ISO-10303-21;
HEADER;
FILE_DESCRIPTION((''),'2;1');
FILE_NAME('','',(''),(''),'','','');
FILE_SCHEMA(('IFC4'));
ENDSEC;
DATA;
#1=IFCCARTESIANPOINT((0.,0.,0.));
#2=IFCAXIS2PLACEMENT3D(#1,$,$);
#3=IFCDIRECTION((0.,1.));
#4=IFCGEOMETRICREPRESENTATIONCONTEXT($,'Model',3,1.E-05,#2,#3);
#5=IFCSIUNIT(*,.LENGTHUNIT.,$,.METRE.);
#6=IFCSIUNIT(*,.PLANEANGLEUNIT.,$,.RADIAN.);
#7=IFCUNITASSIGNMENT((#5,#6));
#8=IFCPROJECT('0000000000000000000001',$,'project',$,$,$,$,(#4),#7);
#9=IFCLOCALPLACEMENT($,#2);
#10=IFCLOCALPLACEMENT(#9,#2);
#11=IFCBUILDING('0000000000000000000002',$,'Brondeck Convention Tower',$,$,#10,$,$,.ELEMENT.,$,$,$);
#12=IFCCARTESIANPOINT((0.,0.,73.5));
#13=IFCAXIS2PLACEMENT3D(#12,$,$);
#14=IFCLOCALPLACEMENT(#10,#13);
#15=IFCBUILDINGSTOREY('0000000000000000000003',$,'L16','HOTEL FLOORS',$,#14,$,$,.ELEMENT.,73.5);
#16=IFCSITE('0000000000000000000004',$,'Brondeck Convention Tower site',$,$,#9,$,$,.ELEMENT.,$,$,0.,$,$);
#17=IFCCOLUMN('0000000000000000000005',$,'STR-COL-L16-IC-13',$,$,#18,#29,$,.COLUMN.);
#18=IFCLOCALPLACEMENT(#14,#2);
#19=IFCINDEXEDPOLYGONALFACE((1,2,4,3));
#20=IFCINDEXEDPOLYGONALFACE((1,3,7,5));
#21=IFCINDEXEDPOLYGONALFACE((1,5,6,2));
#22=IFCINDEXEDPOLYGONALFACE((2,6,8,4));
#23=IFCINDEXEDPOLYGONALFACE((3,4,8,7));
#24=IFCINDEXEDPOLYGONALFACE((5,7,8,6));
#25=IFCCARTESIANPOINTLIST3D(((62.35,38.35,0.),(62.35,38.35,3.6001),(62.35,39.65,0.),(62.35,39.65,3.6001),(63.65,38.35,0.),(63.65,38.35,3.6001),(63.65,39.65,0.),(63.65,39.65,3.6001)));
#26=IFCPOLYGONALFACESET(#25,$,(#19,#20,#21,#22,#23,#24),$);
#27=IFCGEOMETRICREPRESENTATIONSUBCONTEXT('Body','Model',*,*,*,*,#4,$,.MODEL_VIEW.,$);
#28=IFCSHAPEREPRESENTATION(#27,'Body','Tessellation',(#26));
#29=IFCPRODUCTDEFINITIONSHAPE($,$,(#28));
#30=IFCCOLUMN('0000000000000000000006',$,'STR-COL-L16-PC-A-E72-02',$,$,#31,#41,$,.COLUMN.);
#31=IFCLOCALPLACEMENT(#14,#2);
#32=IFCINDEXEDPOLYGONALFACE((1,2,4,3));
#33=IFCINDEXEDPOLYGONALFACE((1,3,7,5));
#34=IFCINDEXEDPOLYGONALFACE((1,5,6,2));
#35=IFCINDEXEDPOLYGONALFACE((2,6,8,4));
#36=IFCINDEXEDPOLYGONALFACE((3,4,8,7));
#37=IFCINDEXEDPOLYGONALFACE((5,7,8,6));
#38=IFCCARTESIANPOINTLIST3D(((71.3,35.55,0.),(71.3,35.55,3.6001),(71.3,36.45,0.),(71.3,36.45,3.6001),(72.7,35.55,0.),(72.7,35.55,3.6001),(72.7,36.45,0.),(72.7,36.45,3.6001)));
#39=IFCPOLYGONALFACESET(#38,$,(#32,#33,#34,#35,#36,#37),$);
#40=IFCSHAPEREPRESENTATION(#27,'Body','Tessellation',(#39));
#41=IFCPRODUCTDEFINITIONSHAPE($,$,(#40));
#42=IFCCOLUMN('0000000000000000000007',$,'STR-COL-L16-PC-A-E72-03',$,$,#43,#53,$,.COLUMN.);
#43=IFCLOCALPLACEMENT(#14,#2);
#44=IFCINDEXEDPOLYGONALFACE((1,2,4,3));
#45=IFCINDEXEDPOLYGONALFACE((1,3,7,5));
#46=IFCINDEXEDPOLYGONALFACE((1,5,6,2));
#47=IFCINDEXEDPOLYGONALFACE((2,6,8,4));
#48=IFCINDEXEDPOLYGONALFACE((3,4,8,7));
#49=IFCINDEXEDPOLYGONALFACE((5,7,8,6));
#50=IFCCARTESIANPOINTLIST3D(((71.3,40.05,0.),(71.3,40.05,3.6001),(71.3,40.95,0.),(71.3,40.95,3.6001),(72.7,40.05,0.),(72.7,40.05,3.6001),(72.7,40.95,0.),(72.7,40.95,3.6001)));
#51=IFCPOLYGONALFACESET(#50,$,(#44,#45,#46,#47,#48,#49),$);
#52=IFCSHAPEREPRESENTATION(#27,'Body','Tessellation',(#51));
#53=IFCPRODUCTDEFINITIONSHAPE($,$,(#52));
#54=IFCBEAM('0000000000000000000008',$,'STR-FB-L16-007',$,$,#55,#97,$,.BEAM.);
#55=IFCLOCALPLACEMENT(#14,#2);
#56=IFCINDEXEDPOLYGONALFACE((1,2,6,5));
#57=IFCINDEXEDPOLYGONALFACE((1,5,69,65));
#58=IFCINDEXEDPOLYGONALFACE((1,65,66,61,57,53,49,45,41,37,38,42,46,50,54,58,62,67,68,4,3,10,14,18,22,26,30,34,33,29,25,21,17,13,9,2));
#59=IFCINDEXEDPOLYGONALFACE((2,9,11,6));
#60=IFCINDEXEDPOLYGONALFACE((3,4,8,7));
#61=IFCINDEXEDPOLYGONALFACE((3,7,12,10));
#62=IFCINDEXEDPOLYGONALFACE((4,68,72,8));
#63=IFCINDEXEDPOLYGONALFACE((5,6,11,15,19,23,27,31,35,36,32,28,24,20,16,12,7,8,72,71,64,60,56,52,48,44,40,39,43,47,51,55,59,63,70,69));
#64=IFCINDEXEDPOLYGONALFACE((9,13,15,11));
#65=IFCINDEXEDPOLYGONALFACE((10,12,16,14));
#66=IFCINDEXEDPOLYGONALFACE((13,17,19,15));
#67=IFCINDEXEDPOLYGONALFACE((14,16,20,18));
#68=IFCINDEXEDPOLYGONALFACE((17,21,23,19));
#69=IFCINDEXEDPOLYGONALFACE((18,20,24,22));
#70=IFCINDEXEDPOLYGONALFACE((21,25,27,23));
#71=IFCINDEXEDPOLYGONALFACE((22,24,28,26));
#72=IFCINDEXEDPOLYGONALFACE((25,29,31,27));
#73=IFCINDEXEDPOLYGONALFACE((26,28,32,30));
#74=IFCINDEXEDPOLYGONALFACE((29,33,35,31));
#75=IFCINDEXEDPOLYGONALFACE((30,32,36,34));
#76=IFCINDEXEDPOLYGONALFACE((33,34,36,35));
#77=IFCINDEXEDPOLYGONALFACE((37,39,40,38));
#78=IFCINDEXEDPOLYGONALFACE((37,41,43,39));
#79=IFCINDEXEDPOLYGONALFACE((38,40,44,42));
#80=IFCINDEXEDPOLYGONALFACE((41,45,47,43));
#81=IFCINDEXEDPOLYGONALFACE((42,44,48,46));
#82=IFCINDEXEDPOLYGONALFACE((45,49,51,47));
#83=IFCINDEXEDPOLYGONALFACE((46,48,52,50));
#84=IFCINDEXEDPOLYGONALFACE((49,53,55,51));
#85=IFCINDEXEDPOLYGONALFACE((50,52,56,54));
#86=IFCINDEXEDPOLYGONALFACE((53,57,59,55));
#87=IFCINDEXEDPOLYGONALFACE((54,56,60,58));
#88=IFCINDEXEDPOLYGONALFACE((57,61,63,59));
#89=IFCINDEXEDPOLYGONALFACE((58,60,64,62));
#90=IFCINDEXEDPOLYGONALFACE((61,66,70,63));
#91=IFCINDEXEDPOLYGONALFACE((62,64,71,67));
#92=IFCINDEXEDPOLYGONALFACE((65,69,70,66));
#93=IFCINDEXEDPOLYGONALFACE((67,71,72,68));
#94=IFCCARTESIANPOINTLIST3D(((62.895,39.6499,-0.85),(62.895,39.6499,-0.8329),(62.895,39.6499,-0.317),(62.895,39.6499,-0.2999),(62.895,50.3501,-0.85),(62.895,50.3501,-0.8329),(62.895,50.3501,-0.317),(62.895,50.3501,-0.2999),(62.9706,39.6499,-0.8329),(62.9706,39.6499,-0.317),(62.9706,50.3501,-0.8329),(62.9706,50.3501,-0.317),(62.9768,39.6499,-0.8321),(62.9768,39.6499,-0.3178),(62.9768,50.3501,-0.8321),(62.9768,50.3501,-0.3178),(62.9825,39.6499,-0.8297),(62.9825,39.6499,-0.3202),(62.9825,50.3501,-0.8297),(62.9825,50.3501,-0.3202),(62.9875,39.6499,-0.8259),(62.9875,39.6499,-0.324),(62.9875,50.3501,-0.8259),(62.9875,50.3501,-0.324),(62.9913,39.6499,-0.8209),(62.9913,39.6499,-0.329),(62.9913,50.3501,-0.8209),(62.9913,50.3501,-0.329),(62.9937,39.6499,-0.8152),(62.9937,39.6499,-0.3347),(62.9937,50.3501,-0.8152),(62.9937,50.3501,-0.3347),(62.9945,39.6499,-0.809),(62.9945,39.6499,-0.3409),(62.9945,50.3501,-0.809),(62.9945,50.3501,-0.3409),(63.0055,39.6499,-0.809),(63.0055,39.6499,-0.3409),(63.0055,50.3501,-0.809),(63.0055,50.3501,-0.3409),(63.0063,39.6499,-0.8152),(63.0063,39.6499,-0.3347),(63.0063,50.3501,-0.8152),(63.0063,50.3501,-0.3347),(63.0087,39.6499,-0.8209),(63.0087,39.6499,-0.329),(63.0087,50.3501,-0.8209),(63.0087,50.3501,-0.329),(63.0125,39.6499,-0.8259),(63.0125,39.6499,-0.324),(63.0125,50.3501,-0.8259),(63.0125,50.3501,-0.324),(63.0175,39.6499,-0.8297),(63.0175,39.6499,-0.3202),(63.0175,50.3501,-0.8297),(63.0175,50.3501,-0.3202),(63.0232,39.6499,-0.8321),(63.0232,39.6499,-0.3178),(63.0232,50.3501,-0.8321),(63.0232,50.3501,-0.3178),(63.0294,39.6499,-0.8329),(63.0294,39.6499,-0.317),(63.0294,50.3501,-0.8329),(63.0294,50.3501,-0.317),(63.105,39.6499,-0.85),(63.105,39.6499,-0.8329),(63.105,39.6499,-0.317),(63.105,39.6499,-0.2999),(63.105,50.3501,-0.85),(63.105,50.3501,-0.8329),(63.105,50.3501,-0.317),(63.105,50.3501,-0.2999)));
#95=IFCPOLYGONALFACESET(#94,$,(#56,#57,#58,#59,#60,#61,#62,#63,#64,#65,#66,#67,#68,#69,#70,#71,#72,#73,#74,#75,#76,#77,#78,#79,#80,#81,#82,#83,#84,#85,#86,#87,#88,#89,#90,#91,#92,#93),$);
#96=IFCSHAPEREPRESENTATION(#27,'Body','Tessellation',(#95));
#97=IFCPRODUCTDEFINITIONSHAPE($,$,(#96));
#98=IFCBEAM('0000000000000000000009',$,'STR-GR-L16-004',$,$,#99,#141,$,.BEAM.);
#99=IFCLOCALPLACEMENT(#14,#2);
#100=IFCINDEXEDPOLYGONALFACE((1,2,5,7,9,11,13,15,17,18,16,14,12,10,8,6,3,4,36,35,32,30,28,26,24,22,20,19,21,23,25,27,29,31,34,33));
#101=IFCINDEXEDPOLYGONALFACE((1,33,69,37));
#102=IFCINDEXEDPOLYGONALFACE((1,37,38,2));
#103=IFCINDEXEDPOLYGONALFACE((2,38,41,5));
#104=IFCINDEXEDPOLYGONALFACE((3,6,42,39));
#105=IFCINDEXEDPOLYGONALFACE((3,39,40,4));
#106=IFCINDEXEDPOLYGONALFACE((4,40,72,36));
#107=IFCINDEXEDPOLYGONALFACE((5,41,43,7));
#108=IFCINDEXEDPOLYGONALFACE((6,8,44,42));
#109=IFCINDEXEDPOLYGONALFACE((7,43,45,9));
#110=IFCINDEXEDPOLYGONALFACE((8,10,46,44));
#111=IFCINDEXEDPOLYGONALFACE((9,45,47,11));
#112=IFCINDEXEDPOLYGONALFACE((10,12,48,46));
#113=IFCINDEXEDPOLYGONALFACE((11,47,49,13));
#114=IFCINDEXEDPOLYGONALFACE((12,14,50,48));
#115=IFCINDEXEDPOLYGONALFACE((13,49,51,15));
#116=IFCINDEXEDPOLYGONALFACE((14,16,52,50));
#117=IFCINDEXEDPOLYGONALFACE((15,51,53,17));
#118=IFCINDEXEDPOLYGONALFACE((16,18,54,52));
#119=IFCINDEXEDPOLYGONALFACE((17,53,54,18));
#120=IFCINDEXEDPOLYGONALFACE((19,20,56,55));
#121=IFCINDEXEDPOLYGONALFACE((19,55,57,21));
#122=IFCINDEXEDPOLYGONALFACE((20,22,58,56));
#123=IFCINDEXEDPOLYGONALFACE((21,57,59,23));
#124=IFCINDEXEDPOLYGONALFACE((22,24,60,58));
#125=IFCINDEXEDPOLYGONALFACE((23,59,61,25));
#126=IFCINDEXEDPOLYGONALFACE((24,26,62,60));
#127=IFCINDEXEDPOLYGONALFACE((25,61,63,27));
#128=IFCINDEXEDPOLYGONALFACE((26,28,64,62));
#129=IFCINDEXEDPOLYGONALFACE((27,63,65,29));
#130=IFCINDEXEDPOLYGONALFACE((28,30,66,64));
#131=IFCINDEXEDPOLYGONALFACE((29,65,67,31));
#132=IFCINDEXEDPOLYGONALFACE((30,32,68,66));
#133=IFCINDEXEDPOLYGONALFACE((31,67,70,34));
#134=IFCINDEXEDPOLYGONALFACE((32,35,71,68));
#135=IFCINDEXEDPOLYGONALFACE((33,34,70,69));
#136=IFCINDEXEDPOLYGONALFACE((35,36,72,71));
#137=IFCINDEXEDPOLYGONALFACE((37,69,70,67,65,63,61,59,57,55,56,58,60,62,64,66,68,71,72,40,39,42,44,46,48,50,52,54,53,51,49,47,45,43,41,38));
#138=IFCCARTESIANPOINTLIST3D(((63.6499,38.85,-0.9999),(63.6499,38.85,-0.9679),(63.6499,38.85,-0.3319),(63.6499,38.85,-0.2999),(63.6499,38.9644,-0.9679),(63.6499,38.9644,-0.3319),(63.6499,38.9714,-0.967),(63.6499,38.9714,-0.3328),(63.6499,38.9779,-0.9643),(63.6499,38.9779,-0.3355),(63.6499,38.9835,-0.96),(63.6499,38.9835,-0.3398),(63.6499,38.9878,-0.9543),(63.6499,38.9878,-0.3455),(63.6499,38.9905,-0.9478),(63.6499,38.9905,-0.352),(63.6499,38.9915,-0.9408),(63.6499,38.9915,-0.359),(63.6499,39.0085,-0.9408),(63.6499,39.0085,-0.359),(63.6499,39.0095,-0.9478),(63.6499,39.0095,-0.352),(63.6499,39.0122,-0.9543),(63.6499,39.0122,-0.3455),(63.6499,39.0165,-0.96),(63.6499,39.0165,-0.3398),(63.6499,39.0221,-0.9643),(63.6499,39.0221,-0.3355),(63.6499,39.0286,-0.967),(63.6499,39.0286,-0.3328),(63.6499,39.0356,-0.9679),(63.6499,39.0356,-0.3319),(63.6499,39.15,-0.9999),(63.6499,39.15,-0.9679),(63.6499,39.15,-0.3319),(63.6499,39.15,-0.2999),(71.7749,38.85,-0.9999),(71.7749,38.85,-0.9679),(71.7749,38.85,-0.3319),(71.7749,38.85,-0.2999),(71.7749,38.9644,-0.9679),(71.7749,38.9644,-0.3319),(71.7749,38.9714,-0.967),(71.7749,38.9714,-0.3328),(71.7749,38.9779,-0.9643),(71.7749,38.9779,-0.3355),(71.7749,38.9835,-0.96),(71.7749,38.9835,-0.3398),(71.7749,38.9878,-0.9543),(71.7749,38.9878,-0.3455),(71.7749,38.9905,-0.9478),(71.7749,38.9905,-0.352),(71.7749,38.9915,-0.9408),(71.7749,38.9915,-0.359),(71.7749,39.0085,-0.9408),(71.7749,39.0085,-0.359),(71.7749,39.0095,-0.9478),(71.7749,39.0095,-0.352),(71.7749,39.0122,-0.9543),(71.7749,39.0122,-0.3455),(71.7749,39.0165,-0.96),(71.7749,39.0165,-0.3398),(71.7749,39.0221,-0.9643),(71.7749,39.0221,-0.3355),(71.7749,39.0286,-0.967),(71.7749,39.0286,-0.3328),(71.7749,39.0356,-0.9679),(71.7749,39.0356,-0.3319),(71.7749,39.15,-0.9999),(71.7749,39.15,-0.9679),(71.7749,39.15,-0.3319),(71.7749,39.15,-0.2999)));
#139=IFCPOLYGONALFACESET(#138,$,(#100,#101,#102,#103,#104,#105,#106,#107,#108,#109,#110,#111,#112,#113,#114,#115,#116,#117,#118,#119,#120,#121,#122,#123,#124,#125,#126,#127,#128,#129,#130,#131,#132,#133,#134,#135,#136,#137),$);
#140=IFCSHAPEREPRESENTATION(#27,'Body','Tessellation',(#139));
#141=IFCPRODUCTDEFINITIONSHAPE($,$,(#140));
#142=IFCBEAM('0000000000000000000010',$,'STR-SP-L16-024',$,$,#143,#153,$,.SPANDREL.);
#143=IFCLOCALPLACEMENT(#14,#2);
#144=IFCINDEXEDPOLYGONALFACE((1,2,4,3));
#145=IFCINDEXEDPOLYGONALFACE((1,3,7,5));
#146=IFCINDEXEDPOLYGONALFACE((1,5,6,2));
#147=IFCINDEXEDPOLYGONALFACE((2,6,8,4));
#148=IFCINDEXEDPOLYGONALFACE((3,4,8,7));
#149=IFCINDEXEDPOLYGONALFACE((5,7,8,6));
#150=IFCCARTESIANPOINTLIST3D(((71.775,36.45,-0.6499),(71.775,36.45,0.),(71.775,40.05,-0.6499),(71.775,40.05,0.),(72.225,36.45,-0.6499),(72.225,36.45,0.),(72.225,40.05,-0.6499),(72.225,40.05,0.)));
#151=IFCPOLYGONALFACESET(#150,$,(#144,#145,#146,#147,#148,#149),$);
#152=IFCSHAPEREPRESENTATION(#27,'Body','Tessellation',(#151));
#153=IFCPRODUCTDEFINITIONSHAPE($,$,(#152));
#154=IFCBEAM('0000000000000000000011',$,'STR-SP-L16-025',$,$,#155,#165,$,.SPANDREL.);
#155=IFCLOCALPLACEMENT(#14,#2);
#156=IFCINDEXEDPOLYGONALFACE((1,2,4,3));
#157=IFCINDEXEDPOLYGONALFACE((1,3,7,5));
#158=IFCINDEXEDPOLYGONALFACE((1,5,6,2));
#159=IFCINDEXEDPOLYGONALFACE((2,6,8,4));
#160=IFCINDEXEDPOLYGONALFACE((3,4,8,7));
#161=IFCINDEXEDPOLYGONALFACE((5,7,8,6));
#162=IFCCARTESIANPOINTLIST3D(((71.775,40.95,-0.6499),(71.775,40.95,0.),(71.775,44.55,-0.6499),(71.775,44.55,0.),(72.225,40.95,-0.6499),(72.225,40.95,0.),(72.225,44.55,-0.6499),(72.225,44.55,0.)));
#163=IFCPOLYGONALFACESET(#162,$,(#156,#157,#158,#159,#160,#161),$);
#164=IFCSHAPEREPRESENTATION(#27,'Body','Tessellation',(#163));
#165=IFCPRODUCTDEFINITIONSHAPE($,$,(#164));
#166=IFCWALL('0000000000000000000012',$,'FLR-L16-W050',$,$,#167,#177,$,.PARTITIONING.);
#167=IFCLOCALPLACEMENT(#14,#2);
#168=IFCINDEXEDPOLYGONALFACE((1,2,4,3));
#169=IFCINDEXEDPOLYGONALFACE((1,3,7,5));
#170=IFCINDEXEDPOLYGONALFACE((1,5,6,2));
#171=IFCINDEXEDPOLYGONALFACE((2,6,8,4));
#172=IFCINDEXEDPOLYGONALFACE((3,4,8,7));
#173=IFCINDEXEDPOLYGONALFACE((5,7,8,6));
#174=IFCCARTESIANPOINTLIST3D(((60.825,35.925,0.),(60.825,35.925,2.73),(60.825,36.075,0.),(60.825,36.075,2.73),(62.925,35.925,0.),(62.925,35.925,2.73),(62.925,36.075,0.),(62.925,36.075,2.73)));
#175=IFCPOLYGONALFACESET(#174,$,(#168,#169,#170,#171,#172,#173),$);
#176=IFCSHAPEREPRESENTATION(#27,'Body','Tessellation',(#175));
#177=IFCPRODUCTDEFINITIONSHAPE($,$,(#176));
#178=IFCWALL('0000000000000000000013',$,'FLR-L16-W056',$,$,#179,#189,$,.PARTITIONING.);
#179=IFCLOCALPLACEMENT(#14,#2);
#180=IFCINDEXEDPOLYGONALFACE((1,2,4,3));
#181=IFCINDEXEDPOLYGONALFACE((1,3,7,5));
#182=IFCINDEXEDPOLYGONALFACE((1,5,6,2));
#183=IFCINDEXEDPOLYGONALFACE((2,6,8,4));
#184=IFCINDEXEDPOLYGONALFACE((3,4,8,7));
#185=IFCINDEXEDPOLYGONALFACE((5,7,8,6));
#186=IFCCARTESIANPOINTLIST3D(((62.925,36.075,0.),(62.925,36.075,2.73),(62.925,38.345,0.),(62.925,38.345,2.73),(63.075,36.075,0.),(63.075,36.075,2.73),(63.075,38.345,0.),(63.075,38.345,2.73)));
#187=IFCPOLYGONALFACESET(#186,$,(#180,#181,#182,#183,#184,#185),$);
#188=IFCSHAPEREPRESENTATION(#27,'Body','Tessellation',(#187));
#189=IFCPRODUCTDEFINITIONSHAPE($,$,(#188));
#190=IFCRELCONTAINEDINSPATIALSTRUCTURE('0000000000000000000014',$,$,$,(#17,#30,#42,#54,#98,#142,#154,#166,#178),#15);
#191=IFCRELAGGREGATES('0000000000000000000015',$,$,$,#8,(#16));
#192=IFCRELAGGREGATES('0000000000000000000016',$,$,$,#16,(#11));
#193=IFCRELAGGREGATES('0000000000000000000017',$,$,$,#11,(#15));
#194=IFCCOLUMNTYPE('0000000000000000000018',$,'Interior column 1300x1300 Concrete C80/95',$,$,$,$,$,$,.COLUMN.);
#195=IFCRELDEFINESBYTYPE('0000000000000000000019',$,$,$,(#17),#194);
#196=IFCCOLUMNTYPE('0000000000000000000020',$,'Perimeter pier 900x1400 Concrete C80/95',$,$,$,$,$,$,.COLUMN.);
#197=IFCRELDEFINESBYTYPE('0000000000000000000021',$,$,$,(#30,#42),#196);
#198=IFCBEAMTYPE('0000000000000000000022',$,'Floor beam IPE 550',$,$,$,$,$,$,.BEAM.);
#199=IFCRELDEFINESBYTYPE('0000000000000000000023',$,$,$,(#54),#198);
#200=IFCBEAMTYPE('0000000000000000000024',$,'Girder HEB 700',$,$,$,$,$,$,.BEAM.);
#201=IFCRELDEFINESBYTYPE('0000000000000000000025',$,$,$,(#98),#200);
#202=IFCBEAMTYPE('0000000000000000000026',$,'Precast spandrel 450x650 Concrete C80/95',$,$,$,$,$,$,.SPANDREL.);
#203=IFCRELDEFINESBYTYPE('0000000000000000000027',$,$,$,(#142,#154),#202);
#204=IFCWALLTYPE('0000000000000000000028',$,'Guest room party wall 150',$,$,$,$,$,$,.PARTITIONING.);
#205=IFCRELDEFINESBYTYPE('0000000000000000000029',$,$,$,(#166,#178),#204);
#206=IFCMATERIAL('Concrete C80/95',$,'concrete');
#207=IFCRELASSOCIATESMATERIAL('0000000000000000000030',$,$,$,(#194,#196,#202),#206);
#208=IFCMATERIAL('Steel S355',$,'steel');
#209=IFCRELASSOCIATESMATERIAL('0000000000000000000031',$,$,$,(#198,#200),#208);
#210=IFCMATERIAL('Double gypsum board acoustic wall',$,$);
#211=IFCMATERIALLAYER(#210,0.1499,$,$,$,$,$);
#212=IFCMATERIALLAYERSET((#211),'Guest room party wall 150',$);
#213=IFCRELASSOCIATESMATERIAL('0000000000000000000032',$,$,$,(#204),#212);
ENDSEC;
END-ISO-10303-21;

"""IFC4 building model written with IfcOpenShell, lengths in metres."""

from ifc_helpers import new_model, si_unit, direction, frame, frame_2d, origin, origin_2d, place, context, subcontext, project, spatial, rectangle, i_section, extrude, material, layer, layer_set, material_profile, profile_set, type_object, element, save


model = new_model("IFC4")

# Units and contexts
model_context = context("Model", 3, precision=1e-05, world=origin(), true_north=direction((0.0, 1.0)))
body_context = subcontext(model_context, "Body", "Model", "MODEL_VIEW")
ifc_project = project(units=[si_unit("LENGTHUNIT", "METRE"), si_unit("PLANEANGLEUNIT", "RADIAN")], contexts=[model_context])

# Site, building, storey
site_placement = place(None, origin())
site = spatial("IfcSite", under=ifc_project, at=site_placement, Name="Brondeck Convention Tower site", CompositionType="ELEMENT", RefElevation=0.0)
building_placement = place(site_placement, origin())
building = spatial("IfcBuilding", under=site, at=building_placement, Name="Brondeck Convention Tower", CompositionType="ELEMENT")
storey_placement = place(building_placement, frame((0.0, 0.0, 73.5)))
storey = spatial("IfcBuildingStorey", under=building, at=storey_placement, Name="L16", Description="HOTEL FLOORS", CompositionType="ELEMENT", Elevation=73.5)

# Columns
ifc_material_1 = material(Name="Concrete C80/95", Category="concrete")
ifc_material_profile_1 = material_profile(ifc_material_1, rectangle(XDim=1.3, YDim=1.3, at=origin_2d()), Name="Interior column 1300x1300 Concrete C80/95")
ifc_profile_set_1 = profile_set([ifc_material_profile_1], Name="Concrete C80/95")
column_type_1 = type_object("IfcColumnType", Name="Interior column 1300x1300 Concrete C80/95", PredefinedType="COLUMN", material=ifc_profile_set_1)
column_placement = place(storey_placement, frame((63.0, 39.0, 0.0), z_axis=(0.0, 0.0, 1.0), x_axis=(1.0, 0.0, 0.0)))
element("IfcColumn", 1, at=column_placement, inside=storey, type_object=column_type_1, Name="STR-COL-L16-IC-13", PredefinedType="COLUMN", context=body_context, shape_type="SweptSolid", body=[
    extrude(rectangle(XDim=1.3, YDim=1.3, at=origin_2d()), origin(), (0.0, 0.0, 1.0), 3.6001),
])
ifc_material_profile_2 = material_profile(ifc_material_1, rectangle(XDim=0.8999, YDim=1.3999, at=origin_2d()), Name="Perimeter pier 900x1400 Concrete C80/95")
ifc_profile_set_2 = profile_set([ifc_material_profile_2], Name="Concrete C80/95")
column_type_2 = type_object("IfcColumnType", Name="Perimeter pier 900x1400 Concrete C80/95", PredefinedType="COLUMN", material=ifc_profile_set_2)
for number, where, z_axis, x_axis, name in (
    (2, (72.0, 36.0, 0.0), (0.0, 0.0, 1.0), (0.0, 1.0, 0.0), "STR-COL-L16-PC-A-E72-02"),
    (3, (72.0, 40.5, 0.0), (0.0, 0.0, 1.0), (0.0, 1.0, 0.0), "STR-COL-L16-PC-A-E72-03"),
):
    element("IfcColumn", number, at=place(storey_placement, frame(where, z_axis=z_axis, x_axis=x_axis)), inside=storey, type_object=column_type_2, Name=name, PredefinedType="COLUMN", context=body_context, shape_type="SweptSolid", body=[
        extrude(rectangle(XDim=0.8999, YDim=1.3999, at=origin_2d()), origin(), (0.0, 0.0, 1.0), 3.6001),
    ])

# Beams
ifc_material_2 = material(Name="Steel S355", Category="steel")
ifc_material_profile_3 = material_profile(ifc_material_2, i_section(OverallWidth=0.21, OverallDepth=0.55, WebThickness=0.011, FlangeThickness=0.0171, FilletRadius=0.0239, at=origin_2d()), Name="IPE 550")
ifc_profile_set_3 = profile_set([ifc_material_profile_3], Name="Steel S355")
beam_type_1 = type_object("IfcBeamType", Name="Floor beam IPE 550", PredefinedType="BEAM", material=ifc_profile_set_3)
beam_1_placement = place(storey_placement, frame((63.0, 39.6499, -0.575), z_axis=(0.0, 1.0, 0.0), x_axis=(-1.0, 0.0, 0.0)))
element("IfcBeam", 4, at=beam_1_placement, inside=storey, type_object=beam_type_1, Name="STR-FB-L16-007", PredefinedType="BEAM", context=body_context, shape_type="SweptSolid", body=[
    extrude(i_section(OverallWidth=0.21, OverallDepth=0.55, WebThickness=0.011, FlangeThickness=0.0171, FilletRadius=0.0239, at=origin_2d()), origin(), (0.0, 0.0, 1.0), 10.7002),
])
ifc_material_profile_4 = material_profile(ifc_material_2, i_section(OverallWidth=0.3, OverallDepth=0.7, WebThickness=0.0171, FlangeThickness=0.032, FilletRadius=0.0271, at=origin_2d()), Name="HEB 700")
ifc_profile_set_4 = profile_set([ifc_material_profile_4], Name="Steel S355")
beam_type_2 = type_object("IfcBeamType", Name="Girder HEB 700", PredefinedType="BEAM", material=ifc_profile_set_4)
beam_2_placement = place(storey_placement, frame((63.6499, 39.0, -0.6499), z_axis=(1.0, 0.0, 0.0), x_axis=(0.0, 1.0, 0.0)))
element("IfcBeam", 5, at=beam_2_placement, inside=storey, type_object=beam_type_2, Name="STR-GR-L16-004", PredefinedType="BEAM", context=body_context, shape_type="SweptSolid", body=[
    extrude(i_section(OverallWidth=0.3, OverallDepth=0.7, WebThickness=0.0171, FlangeThickness=0.032, FilletRadius=0.0271, at=origin_2d()), origin(), (0.0, 0.0, 1.0), 8.125),
])
ifc_material_profile_5 = material_profile(ifc_material_1, rectangle(XDim=0.45, YDim=0.6499, at=origin_2d()), Name="Precast spandrel 450x650 Concrete C80/95")
ifc_profile_set_5 = profile_set([ifc_material_profile_5], Name="Concrete C80/95")
beam_type_3 = type_object("IfcBeamType", Name="Precast spandrel 450x650 Concrete C80/95", PredefinedType="SPANDREL", material=ifc_profile_set_5)
for number, where, z_axis, x_axis, name in (
    (6, (72.0, 36.45, -0.325), (0.0, 1.0, 0.0), (-1.0, 0.0, 0.0), "STR-SP-L16-024"),
    (7, (72.0, 40.95, -0.325), (0.0, 1.0, 0.0), (-1.0, 0.0, 0.0), "STR-SP-L16-025"),
):
    element("IfcBeam", number, at=place(storey_placement, frame(where, z_axis=z_axis, x_axis=x_axis)), inside=storey, type_object=beam_type_3, Name=name, PredefinedType="SPANDREL", context=body_context, shape_type="SweptSolid", body=[
        extrude(rectangle(XDim=0.45, YDim=0.6499, at=origin_2d()), origin(), (0.0, 0.0, 1.0), 3.6001),
    ])

# Walls
ifc_material_3 = material(Name="Double gypsum board acoustic wall")
ifc_layer_1 = layer(ifc_material_3, 0.1499)
ifc_layer_set_1 = layer_set([ifc_layer_1], Name="Guest room party wall 150")
wall_type_1 = type_object("IfcWallType", Name="Guest room party wall 150", PredefinedType="PARTITIONING", material=ifc_layer_set_1)
wall_1_placement = place(storey_placement, frame((60.825, 36.0, 0.0), z_axis=(0.0, 0.0, 1.0), x_axis=(1.0, 0.0, 0.0)))
element("IfcWall", 8, at=wall_1_placement, inside=storey, type_object=wall_type_1, Name="FLR-L16-W050", PredefinedType="PARTITIONING", context=body_context, shape_type="SweptSolid", body=[
    extrude(rectangle(XDim=2.1001, YDim=0.1499, at=frame_2d((1.05, 0.0))), origin(), (0.0, 0.0, 1.0), 2.73),
])
wall_2_placement = place(storey_placement, frame((63.0, 38.345, 0.0), z_axis=(0.0, 0.0, 1.0), x_axis=(0.0, -1.0, 0.0)))
element("IfcWall", 9, at=wall_2_placement, inside=storey, type_object=wall_type_1, Name="FLR-L16-W056", PredefinedType="PARTITIONING", context=body_context, shape_type="SweptSolid", body=[
    extrude(rectangle(XDim=2.27, YDim=0.1499, at=frame_2d((1.135, 0.0))), origin(), (0.0, 0.0, 1.0), 2.73),
])

save(model, "model.ifc")
